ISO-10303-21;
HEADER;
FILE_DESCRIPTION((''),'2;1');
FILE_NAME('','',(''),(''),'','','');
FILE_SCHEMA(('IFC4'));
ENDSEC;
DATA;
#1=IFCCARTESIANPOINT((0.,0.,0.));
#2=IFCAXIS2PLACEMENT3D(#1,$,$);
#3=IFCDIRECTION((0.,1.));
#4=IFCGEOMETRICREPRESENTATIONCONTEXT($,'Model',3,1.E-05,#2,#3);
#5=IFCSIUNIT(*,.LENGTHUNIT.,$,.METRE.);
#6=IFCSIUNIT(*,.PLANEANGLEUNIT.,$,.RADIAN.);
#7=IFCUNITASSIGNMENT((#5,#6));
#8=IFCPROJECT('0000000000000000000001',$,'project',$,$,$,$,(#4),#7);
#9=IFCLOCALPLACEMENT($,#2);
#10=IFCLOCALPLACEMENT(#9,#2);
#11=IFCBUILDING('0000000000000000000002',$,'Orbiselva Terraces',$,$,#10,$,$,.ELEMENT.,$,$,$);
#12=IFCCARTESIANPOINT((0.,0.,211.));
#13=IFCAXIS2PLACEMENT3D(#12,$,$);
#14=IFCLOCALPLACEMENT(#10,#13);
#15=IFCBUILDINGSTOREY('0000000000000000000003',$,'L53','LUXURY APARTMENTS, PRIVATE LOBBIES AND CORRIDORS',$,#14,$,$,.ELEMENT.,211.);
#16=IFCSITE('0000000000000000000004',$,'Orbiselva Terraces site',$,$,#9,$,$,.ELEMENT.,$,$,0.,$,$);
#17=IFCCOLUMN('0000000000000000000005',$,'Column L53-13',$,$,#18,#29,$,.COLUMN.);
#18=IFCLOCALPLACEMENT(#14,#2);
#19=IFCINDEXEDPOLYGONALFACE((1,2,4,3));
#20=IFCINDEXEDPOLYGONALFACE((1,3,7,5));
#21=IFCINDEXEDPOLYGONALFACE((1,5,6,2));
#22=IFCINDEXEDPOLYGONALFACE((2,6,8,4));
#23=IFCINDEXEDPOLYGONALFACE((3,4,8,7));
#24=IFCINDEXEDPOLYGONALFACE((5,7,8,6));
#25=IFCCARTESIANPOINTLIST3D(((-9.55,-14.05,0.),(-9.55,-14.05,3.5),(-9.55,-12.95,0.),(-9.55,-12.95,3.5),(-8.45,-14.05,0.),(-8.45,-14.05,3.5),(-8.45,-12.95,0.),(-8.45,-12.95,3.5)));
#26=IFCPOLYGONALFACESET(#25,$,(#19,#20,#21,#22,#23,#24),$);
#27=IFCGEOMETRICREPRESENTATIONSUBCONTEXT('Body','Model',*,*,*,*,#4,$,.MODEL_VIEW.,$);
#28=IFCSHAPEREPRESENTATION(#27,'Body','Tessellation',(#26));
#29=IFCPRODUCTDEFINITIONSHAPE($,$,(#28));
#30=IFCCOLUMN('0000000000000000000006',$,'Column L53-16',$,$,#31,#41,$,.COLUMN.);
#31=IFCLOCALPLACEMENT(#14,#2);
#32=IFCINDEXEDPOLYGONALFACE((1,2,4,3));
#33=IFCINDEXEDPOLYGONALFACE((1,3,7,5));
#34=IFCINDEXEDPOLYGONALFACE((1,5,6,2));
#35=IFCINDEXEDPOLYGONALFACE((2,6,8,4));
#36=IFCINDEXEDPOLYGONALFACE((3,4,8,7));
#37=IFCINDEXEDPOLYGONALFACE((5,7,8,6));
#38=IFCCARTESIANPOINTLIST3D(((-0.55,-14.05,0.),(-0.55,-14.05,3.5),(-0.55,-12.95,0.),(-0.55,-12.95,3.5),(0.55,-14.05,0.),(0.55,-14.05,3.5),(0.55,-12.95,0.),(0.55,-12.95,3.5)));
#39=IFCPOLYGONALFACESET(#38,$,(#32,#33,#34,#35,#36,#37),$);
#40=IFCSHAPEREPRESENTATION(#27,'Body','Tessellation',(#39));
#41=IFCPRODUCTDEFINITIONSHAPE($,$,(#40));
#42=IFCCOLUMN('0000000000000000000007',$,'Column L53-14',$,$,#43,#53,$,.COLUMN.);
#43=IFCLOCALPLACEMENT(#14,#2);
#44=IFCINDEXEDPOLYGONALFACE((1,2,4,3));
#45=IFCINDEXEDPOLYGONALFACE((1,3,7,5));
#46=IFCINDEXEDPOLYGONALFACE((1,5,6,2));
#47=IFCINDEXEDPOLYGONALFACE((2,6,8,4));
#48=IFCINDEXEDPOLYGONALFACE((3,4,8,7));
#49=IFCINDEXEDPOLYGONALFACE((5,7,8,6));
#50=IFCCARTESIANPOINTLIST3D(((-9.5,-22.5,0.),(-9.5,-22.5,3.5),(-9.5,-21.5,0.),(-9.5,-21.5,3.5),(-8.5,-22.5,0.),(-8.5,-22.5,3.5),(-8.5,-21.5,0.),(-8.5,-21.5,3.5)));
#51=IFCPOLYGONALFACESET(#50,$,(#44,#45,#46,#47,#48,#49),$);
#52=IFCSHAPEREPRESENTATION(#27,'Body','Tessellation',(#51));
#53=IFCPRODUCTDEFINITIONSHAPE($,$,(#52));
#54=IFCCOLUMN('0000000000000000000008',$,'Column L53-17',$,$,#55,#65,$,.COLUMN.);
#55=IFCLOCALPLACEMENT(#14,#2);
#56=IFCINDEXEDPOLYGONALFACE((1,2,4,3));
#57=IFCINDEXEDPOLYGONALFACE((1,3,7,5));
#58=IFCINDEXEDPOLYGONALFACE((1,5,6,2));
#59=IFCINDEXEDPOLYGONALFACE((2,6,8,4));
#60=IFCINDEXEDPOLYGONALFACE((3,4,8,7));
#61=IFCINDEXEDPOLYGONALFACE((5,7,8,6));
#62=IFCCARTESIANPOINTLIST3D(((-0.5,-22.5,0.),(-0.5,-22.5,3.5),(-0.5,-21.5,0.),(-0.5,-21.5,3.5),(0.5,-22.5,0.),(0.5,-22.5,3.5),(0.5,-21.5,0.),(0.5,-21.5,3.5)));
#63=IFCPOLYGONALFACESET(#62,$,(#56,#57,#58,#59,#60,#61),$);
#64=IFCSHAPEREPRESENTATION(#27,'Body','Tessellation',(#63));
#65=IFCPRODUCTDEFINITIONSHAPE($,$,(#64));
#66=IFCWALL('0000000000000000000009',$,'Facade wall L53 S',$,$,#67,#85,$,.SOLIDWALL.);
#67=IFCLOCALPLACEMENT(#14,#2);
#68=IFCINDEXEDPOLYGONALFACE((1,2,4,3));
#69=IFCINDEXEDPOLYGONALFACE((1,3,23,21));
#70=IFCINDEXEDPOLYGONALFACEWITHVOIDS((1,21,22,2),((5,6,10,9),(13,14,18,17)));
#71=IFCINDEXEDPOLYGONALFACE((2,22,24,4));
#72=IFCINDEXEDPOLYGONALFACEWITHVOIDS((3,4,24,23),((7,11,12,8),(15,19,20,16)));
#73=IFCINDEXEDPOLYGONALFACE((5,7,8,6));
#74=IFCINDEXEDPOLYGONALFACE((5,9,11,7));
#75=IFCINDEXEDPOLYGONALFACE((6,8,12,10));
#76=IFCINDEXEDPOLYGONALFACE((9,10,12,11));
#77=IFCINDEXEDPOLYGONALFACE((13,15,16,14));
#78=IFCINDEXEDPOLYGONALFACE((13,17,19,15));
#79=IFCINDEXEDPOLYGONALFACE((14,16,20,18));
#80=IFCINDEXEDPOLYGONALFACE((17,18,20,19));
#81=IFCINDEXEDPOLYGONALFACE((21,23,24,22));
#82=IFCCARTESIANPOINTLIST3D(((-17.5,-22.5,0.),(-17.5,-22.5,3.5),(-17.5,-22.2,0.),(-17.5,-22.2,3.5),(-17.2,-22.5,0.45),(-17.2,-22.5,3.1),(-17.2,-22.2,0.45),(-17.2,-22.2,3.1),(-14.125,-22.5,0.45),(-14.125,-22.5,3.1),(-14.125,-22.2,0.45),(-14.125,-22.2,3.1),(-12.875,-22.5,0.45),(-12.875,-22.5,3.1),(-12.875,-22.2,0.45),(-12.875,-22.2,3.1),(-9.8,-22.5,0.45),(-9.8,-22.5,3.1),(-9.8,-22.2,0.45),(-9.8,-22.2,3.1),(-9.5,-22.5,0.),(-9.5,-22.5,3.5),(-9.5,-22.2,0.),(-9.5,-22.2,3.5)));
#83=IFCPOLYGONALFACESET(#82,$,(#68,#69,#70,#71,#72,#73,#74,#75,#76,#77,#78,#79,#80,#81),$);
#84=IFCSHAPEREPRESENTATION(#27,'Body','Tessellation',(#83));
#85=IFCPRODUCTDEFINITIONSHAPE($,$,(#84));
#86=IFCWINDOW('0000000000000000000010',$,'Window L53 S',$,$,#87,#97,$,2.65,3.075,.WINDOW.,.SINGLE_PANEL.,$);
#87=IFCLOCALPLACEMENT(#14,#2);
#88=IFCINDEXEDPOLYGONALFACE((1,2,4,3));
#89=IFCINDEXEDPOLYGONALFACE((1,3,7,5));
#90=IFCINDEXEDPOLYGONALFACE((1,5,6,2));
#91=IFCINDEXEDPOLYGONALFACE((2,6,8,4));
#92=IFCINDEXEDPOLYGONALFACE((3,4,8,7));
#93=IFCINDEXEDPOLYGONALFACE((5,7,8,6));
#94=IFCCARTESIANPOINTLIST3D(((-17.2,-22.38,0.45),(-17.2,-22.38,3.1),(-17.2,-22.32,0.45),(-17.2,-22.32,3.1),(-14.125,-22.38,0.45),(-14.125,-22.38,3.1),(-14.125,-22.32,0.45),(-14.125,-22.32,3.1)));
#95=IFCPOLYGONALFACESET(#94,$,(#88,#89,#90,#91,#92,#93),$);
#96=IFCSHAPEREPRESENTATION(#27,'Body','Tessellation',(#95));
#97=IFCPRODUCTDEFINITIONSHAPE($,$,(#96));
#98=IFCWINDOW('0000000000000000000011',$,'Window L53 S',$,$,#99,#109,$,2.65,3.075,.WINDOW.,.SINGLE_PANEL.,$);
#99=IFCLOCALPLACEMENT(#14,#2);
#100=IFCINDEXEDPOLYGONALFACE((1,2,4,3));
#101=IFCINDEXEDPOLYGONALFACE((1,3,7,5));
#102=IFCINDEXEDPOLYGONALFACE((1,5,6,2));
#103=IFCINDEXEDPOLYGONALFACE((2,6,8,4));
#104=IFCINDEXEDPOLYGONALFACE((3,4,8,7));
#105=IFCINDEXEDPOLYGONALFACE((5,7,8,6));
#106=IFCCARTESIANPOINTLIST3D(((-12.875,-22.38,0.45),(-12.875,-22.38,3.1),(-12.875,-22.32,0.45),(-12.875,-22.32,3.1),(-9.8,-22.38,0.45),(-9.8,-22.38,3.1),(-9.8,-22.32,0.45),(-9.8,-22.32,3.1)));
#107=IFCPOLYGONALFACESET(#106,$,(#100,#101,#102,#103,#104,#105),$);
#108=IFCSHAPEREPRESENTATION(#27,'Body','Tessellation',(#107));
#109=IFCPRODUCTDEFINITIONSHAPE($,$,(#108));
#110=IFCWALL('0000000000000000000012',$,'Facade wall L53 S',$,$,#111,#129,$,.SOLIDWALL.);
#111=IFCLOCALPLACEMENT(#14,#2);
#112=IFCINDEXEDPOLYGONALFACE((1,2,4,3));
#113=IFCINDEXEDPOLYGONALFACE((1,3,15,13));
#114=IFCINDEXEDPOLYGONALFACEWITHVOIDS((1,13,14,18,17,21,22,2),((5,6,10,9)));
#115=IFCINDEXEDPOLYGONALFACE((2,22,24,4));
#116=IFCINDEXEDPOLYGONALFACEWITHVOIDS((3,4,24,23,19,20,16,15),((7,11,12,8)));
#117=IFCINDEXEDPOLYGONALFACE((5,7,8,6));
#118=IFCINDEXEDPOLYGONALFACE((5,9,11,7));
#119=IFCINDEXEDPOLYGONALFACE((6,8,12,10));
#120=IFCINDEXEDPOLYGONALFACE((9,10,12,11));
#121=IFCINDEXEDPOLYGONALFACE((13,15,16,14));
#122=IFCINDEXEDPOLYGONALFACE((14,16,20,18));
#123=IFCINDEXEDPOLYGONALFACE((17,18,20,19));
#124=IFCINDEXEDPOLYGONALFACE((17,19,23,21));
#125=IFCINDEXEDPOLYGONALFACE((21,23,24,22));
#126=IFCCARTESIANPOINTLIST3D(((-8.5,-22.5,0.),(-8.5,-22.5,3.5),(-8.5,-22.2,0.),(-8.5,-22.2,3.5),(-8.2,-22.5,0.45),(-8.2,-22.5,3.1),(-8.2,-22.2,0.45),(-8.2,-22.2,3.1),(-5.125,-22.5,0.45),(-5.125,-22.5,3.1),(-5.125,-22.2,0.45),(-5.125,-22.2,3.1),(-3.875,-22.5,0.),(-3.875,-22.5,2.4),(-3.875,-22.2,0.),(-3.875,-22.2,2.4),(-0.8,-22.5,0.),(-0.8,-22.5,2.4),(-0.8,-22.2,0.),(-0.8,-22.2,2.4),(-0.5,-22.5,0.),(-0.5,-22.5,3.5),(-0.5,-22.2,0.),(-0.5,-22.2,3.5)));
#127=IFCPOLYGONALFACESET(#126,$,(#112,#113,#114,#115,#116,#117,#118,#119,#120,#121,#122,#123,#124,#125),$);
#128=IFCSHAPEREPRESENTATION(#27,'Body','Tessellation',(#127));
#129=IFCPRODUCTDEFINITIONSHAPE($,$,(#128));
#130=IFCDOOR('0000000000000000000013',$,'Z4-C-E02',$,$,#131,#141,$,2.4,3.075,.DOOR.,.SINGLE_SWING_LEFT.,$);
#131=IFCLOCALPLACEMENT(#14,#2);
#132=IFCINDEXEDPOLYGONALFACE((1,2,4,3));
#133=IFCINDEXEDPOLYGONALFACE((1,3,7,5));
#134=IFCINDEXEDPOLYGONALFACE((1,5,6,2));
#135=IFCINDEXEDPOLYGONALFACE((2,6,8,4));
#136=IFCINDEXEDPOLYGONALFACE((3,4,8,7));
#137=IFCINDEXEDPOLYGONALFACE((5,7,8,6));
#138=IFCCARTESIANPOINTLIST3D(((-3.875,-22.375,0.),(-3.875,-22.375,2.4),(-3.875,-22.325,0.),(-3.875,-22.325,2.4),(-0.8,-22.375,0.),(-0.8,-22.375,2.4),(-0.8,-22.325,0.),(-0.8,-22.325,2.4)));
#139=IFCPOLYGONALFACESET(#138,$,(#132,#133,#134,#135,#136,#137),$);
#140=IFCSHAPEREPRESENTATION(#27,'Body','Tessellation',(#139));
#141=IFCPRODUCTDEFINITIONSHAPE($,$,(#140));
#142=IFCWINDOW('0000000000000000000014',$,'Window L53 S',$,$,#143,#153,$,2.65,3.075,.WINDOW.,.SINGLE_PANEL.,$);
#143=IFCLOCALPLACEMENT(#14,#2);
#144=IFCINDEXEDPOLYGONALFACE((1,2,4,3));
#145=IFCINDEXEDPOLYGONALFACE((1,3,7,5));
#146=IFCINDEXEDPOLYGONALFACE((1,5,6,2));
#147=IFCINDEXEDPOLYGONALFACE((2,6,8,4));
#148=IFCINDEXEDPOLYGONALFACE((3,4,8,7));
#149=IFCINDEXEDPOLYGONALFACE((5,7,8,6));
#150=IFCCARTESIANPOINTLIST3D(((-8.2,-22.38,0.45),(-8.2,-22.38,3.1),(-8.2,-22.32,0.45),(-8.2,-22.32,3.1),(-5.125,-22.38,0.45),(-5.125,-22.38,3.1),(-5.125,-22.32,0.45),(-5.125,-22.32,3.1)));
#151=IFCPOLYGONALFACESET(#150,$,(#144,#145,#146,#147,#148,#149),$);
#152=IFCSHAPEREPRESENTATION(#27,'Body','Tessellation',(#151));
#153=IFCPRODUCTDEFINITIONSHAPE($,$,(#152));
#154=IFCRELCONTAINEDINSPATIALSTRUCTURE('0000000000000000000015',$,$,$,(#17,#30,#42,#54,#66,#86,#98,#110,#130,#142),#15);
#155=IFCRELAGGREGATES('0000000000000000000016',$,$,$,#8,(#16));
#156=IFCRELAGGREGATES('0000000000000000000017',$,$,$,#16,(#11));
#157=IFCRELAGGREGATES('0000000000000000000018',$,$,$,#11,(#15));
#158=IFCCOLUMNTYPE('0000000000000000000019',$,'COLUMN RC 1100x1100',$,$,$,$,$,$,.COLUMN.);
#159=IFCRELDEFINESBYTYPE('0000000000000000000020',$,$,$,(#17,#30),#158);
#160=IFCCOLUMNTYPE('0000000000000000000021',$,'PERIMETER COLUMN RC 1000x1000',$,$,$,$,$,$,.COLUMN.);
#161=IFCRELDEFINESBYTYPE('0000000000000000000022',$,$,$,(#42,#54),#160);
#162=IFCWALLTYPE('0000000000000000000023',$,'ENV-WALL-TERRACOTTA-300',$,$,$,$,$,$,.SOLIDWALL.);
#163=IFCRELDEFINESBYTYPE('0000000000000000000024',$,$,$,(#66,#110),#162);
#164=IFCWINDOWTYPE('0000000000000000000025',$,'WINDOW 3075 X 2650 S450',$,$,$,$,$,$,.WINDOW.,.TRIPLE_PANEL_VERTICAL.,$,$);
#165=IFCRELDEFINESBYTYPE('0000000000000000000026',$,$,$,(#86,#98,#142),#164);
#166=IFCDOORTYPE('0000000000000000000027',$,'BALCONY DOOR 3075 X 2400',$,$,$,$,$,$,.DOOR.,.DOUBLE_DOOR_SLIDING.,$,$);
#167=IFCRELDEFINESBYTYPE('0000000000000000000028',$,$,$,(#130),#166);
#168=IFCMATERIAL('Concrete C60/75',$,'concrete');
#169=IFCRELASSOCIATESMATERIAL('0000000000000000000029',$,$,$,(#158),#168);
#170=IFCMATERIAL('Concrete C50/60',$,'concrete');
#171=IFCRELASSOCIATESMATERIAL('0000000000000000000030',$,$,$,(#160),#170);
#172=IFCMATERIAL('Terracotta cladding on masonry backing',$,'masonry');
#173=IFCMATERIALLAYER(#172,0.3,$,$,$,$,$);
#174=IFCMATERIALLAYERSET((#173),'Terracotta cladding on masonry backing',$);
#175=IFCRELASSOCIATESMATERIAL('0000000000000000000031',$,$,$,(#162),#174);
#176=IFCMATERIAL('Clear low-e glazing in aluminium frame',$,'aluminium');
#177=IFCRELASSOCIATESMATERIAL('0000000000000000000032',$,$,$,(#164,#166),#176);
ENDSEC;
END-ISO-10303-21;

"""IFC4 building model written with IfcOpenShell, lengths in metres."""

from ifc_helpers import new_model, si_unit, direction, frame, frame_2d, origin, origin_2d, place, context, subcontext, project, spatial, rectangle, extrude, material, layer, layer_set, material_profile, profile_set, type_object, element, fill, save


model = new_model("IFC4")

# Units and contexts
model_context = context("Model", 3, precision=1e-05, world=origin(), true_north=direction((0.0, 1.0)))
body_context = subcontext(model_context, "Body", "Model", "MODEL_VIEW")
ifc_project = project(units=[si_unit("LENGTHUNIT", "METRE"), si_unit("PLANEANGLEUNIT", "RADIAN")], contexts=[model_context])

# Site, building, storey
site_placement = place(None, origin())
site = spatial("IfcSite", under=ifc_project, at=site_placement, Name="Orbiselva Terraces site", CompositionType="ELEMENT", RefElevation=0.0)
building_placement = place(site_placement, origin())
building = spatial("IfcBuilding", under=site, at=building_placement, Name="Orbiselva Terraces", CompositionType="ELEMENT")
storey_placement = place(building_placement, frame((0.0, 0.0, 211.0)))
storey = spatial("IfcBuildingStorey", under=building, at=storey_placement, Name="L53", Description="LUXURY APARTMENTS, PRIVATE LOBBIES AND CORRIDORS", CompositionType="ELEMENT", Elevation=211.0)

# Columns
ifc_material_1 = material(Name="Concrete C60/75", Category="concrete")
ifc_material_profile_1 = material_profile(ifc_material_1, rectangle(XDim=1.1, YDim=1.1, at=origin_2d()), Name="RC 1100x1100")
ifc_profile_set_1 = profile_set([ifc_material_profile_1], Name="Concrete C60/75")
column_type_1 = type_object("IfcColumnType", Name="COLUMN RC 1100x1100", PredefinedType="COLUMN", material=ifc_profile_set_1)
for number, where, z_axis, x_axis, name in (
    (1, (-9.0, -13.5, 0.0), (0.0, 0.0, 1.0), (1.0, 0.0, 0.0), "Column L53-13"),
    (2, (0.0, -13.5, 0.0), (0.0, 0.0, 1.0), (1.0, 0.0, 0.0), "Column L53-16"),
):
    element("IfcColumn", number, at=place(storey_placement, frame(where, z_axis=z_axis, x_axis=x_axis)), inside=storey, type_object=column_type_1, Name=name, PredefinedType="COLUMN", context=body_context, shape_type="SweptSolid", body=[
        extrude(rectangle(XDim=1.1, YDim=1.1, at=origin_2d()), origin(), (0.0, 0.0, 1.0), 3.5),
    ])
ifc_material_2 = material(Name="Concrete C50/60", Category="concrete")
ifc_material_profile_2 = material_profile(ifc_material_2, rectangle(XDim=1.0, YDim=1.0, at=origin_2d()), Name="RC 1000x1000")
ifc_profile_set_2 = profile_set([ifc_material_profile_2], Name="Concrete C50/60")
column_type_2 = type_object("IfcColumnType", Name="PERIMETER COLUMN RC 1000x1000", PredefinedType="COLUMN", material=ifc_profile_set_2)
for number, where, z_axis, x_axis, name in (
    (3, (-9.0, -22.0, 0.0), (0.0, 0.0, 1.0), (1.0, 0.0, 0.0), "Column L53-14"),
    (4, (0.0, -22.0, 0.0), (0.0, 0.0, 1.0), (1.0, 0.0, 0.0), "Column L53-17"),
):
    element("IfcColumn", number, at=place(storey_placement, frame(where, z_axis=z_axis, x_axis=x_axis)), inside=storey, type_object=column_type_2, Name=name, PredefinedType="COLUMN", context=body_context, shape_type="SweptSolid", body=[
        extrude(rectangle(XDim=1.0, YDim=1.0, at=origin_2d()), origin(), (0.0, 0.0, 1.0), 3.5),
    ])

# Wall, openings, windows
ifc_material_3 = material(Name="Terracotta cladding on masonry backing", Category="masonry")
ifc_layer_1 = layer(ifc_material_3, 0.3)
ifc_layer_set_1 = layer_set([ifc_layer_1], Name="Terracotta cladding on masonry backing")
wall_type_1 = type_object("IfcWallType", Name="ENV-WALL-TERRACOTTA-300", PredefinedType="SOLIDWALL", material=ifc_layer_set_1)
wall_1_placement = place(storey_placement, frame((-9.5, -22.35, 0.0), z_axis=(0.0, 0.0, 1.0), x_axis=(-1.0, 0.0, 0.0)))
wall_1 = element("IfcWall", 5, at=wall_1_placement, inside=storey, type_object=wall_type_1, Name="Facade wall L53 S", PredefinedType="SOLIDWALL", context=body_context, shape_type="SweptSolid", body=[
    extrude(rectangle(XDim=8.0, YDim=0.3, at=frame_2d((4.0, 0.0))), origin(), (0.0, 0.0, 1.0), 3.5),
])
opening_1_placement = place(wall_1_placement, frame((4.625, 0.0, 0.45)))
opening_1 = element("IfcOpeningElement", 6, at=opening_1_placement, cuts=wall_1, PredefinedType="OPENING", context=body_context, shape_type="SweptSolid", body=[
    extrude(rectangle(XDim=3.075, YDim=2.65, at=frame_2d((1.5375, 1.325))), frame((0.0, 0.16, 0.0), z_axis=(0.0, -1.0, 0.0), x_axis=(1.0, 0.0, 0.0)), (0.0, 0.0, 1.0), 0.32),
])
opening_2_placement = place(wall_1_placement, frame((0.3, 0.0, 0.45)))
opening_2 = element("IfcOpeningElement", 7, at=opening_2_placement, cuts=wall_1, PredefinedType="OPENING", context=body_context, shape_type="SweptSolid", body=[
    extrude(rectangle(XDim=3.075, YDim=2.65, at=frame_2d((1.5375, 1.325))), frame((0.0, 0.16, 0.0), z_axis=(0.0, -1.0, 0.0), x_axis=(1.0, 0.0, 0.0)), (0.0, 0.0, 1.0), 0.32),
])
ifc_material_4 = material(Name="Clear low-e glazing in aluminium frame", Category="aluminium")
window_type = type_object("IfcWindowType", Name="WINDOW 3075 X 2650 S450", PartitioningType="TRIPLE_PANEL_VERTICAL", PredefinedType="WINDOW", material=ifc_material_4)
window_1_placement = place(opening_1_placement, origin())
window_1 = element("IfcWindow", 8, at=window_1_placement, inside=storey, type_object=window_type, Name="Window L53 S", OverallHeight=2.65, OverallWidth=3.075, PartitioningType="SINGLE_PANEL", PredefinedType="WINDOW", context=body_context, shape_type="SweptSolid", body=[
    extrude(rectangle(XDim=3.075, YDim=2.65, at=frame_2d((1.5375, 1.325))), frame((0.0, 0.03, 0.0), z_axis=(0.0, -1.0, 0.0), x_axis=(1.0, 0.0, 0.0)), (0.0, 0.0, 1.0), 0.06),
])
fill(opening_1, window_1)
window_2_placement = place(opening_2_placement, origin())
window_2 = element("IfcWindow", 9, at=window_2_placement, inside=storey, type_object=window_type, Name="Window L53 S", OverallHeight=2.65, OverallWidth=3.075, PartitioningType="SINGLE_PANEL", PredefinedType="WINDOW", context=body_context, shape_type="SweptSolid", body=[
    extrude(rectangle(XDim=3.075, YDim=2.65, at=frame_2d((1.5375, 1.325))), frame((0.0, 0.03, 0.0), z_axis=(0.0, -1.0, 0.0), x_axis=(1.0, 0.0, 0.0)), (0.0, 0.0, 1.0), 0.06),
])
fill(opening_2, window_2)

# Wall, openings, door, window
wall_2_placement = place(storey_placement, frame((-0.5, -22.35, 0.0), z_axis=(0.0, 0.0, 1.0), x_axis=(-1.0, 0.0, 0.0)))
wall_2 = element("IfcWall", 10, at=wall_2_placement, inside=storey, type_object=wall_type_1, Name="Facade wall L53 S", PredefinedType="SOLIDWALL", context=body_context, shape_type="SweptSolid", body=[
    extrude(rectangle(XDim=8.0, YDim=0.3, at=frame_2d((4.0, 0.0))), origin(), (0.0, 0.0, 1.0), 3.5),
])
opening_3_placement = place(wall_2_placement, frame((4.625, 0.0, 0.45)))
opening_3 = element("IfcOpeningElement", 11, at=opening_3_placement, cuts=wall_2, PredefinedType="OPENING", context=body_context, shape_type="SweptSolid", body=[
    extrude(rectangle(XDim=3.075, YDim=2.65, at=frame_2d((1.5375, 1.325))), frame((0.0, 0.16, 0.0), z_axis=(0.0, -1.0, 0.0), x_axis=(1.0, 0.0, 0.0)), (0.0, 0.0, 1.0), 0.32),
])
opening_4_placement = place(wall_2_placement, frame((0.3, 0.0, 0.0)))
opening_4 = element("IfcOpeningElement", 12, at=opening_4_placement, cuts=wall_2, PredefinedType="OPENING", context=body_context, shape_type="SweptSolid", body=[
    extrude(rectangle(XDim=3.075, YDim=2.4, at=frame_2d((1.5375, 1.2))), frame((0.0, 0.16, 0.0), z_axis=(0.0, -1.0, 0.0), x_axis=(1.0, 0.0, 0.0)), (0.0, 0.0, 1.0), 0.32),
])
door_type_1 = type_object("IfcDoorType", Name="BALCONY DOOR 3075 X 2400", OperationType="DOUBLE_DOOR_SLIDING", PredefinedType="DOOR", material=ifc_material_4)
door_1_placement = place(opening_4_placement, origin())
door_1 = element("IfcDoor", 13, at=door_1_placement, inside=storey, type_object=door_type_1, Name="Z4-C-E02", OperationType="SINGLE_SWING_LEFT", OverallHeight=2.4, OverallWidth=3.075, PredefinedType="DOOR", context=body_context, shape_type="SweptSolid", body=[
    extrude(rectangle(XDim=3.075, YDim=2.4, at=frame_2d((1.5375, 1.2))), frame((0.0, 0.025, 0.0), z_axis=(0.0, -1.0, 0.0), x_axis=(1.0, 0.0, 0.0)), (0.0, 0.0, 1.0), 0.05),
])
fill(opening_4, door_1)
window_3_placement = place(opening_3_placement, origin())
window_3 = element("IfcWindow", 14, at=window_3_placement, inside=storey, type_object=window_type, Name="Window L53 S", OverallHeight=2.65, OverallWidth=3.075, PartitioningType="SINGLE_PANEL", PredefinedType="WINDOW", context=body_context, shape_type="SweptSolid", body=[
    extrude(rectangle(XDim=3.075, YDim=2.65, at=frame_2d((1.5375, 1.325))), frame((0.0, 0.03, 0.0), z_axis=(0.0, -1.0, 0.0), x_axis=(1.0, 0.0, 0.0)), (0.0, 0.0, 1.0), 0.06),
])
fill(opening_3, window_3)

save(model, "model.ifc")
